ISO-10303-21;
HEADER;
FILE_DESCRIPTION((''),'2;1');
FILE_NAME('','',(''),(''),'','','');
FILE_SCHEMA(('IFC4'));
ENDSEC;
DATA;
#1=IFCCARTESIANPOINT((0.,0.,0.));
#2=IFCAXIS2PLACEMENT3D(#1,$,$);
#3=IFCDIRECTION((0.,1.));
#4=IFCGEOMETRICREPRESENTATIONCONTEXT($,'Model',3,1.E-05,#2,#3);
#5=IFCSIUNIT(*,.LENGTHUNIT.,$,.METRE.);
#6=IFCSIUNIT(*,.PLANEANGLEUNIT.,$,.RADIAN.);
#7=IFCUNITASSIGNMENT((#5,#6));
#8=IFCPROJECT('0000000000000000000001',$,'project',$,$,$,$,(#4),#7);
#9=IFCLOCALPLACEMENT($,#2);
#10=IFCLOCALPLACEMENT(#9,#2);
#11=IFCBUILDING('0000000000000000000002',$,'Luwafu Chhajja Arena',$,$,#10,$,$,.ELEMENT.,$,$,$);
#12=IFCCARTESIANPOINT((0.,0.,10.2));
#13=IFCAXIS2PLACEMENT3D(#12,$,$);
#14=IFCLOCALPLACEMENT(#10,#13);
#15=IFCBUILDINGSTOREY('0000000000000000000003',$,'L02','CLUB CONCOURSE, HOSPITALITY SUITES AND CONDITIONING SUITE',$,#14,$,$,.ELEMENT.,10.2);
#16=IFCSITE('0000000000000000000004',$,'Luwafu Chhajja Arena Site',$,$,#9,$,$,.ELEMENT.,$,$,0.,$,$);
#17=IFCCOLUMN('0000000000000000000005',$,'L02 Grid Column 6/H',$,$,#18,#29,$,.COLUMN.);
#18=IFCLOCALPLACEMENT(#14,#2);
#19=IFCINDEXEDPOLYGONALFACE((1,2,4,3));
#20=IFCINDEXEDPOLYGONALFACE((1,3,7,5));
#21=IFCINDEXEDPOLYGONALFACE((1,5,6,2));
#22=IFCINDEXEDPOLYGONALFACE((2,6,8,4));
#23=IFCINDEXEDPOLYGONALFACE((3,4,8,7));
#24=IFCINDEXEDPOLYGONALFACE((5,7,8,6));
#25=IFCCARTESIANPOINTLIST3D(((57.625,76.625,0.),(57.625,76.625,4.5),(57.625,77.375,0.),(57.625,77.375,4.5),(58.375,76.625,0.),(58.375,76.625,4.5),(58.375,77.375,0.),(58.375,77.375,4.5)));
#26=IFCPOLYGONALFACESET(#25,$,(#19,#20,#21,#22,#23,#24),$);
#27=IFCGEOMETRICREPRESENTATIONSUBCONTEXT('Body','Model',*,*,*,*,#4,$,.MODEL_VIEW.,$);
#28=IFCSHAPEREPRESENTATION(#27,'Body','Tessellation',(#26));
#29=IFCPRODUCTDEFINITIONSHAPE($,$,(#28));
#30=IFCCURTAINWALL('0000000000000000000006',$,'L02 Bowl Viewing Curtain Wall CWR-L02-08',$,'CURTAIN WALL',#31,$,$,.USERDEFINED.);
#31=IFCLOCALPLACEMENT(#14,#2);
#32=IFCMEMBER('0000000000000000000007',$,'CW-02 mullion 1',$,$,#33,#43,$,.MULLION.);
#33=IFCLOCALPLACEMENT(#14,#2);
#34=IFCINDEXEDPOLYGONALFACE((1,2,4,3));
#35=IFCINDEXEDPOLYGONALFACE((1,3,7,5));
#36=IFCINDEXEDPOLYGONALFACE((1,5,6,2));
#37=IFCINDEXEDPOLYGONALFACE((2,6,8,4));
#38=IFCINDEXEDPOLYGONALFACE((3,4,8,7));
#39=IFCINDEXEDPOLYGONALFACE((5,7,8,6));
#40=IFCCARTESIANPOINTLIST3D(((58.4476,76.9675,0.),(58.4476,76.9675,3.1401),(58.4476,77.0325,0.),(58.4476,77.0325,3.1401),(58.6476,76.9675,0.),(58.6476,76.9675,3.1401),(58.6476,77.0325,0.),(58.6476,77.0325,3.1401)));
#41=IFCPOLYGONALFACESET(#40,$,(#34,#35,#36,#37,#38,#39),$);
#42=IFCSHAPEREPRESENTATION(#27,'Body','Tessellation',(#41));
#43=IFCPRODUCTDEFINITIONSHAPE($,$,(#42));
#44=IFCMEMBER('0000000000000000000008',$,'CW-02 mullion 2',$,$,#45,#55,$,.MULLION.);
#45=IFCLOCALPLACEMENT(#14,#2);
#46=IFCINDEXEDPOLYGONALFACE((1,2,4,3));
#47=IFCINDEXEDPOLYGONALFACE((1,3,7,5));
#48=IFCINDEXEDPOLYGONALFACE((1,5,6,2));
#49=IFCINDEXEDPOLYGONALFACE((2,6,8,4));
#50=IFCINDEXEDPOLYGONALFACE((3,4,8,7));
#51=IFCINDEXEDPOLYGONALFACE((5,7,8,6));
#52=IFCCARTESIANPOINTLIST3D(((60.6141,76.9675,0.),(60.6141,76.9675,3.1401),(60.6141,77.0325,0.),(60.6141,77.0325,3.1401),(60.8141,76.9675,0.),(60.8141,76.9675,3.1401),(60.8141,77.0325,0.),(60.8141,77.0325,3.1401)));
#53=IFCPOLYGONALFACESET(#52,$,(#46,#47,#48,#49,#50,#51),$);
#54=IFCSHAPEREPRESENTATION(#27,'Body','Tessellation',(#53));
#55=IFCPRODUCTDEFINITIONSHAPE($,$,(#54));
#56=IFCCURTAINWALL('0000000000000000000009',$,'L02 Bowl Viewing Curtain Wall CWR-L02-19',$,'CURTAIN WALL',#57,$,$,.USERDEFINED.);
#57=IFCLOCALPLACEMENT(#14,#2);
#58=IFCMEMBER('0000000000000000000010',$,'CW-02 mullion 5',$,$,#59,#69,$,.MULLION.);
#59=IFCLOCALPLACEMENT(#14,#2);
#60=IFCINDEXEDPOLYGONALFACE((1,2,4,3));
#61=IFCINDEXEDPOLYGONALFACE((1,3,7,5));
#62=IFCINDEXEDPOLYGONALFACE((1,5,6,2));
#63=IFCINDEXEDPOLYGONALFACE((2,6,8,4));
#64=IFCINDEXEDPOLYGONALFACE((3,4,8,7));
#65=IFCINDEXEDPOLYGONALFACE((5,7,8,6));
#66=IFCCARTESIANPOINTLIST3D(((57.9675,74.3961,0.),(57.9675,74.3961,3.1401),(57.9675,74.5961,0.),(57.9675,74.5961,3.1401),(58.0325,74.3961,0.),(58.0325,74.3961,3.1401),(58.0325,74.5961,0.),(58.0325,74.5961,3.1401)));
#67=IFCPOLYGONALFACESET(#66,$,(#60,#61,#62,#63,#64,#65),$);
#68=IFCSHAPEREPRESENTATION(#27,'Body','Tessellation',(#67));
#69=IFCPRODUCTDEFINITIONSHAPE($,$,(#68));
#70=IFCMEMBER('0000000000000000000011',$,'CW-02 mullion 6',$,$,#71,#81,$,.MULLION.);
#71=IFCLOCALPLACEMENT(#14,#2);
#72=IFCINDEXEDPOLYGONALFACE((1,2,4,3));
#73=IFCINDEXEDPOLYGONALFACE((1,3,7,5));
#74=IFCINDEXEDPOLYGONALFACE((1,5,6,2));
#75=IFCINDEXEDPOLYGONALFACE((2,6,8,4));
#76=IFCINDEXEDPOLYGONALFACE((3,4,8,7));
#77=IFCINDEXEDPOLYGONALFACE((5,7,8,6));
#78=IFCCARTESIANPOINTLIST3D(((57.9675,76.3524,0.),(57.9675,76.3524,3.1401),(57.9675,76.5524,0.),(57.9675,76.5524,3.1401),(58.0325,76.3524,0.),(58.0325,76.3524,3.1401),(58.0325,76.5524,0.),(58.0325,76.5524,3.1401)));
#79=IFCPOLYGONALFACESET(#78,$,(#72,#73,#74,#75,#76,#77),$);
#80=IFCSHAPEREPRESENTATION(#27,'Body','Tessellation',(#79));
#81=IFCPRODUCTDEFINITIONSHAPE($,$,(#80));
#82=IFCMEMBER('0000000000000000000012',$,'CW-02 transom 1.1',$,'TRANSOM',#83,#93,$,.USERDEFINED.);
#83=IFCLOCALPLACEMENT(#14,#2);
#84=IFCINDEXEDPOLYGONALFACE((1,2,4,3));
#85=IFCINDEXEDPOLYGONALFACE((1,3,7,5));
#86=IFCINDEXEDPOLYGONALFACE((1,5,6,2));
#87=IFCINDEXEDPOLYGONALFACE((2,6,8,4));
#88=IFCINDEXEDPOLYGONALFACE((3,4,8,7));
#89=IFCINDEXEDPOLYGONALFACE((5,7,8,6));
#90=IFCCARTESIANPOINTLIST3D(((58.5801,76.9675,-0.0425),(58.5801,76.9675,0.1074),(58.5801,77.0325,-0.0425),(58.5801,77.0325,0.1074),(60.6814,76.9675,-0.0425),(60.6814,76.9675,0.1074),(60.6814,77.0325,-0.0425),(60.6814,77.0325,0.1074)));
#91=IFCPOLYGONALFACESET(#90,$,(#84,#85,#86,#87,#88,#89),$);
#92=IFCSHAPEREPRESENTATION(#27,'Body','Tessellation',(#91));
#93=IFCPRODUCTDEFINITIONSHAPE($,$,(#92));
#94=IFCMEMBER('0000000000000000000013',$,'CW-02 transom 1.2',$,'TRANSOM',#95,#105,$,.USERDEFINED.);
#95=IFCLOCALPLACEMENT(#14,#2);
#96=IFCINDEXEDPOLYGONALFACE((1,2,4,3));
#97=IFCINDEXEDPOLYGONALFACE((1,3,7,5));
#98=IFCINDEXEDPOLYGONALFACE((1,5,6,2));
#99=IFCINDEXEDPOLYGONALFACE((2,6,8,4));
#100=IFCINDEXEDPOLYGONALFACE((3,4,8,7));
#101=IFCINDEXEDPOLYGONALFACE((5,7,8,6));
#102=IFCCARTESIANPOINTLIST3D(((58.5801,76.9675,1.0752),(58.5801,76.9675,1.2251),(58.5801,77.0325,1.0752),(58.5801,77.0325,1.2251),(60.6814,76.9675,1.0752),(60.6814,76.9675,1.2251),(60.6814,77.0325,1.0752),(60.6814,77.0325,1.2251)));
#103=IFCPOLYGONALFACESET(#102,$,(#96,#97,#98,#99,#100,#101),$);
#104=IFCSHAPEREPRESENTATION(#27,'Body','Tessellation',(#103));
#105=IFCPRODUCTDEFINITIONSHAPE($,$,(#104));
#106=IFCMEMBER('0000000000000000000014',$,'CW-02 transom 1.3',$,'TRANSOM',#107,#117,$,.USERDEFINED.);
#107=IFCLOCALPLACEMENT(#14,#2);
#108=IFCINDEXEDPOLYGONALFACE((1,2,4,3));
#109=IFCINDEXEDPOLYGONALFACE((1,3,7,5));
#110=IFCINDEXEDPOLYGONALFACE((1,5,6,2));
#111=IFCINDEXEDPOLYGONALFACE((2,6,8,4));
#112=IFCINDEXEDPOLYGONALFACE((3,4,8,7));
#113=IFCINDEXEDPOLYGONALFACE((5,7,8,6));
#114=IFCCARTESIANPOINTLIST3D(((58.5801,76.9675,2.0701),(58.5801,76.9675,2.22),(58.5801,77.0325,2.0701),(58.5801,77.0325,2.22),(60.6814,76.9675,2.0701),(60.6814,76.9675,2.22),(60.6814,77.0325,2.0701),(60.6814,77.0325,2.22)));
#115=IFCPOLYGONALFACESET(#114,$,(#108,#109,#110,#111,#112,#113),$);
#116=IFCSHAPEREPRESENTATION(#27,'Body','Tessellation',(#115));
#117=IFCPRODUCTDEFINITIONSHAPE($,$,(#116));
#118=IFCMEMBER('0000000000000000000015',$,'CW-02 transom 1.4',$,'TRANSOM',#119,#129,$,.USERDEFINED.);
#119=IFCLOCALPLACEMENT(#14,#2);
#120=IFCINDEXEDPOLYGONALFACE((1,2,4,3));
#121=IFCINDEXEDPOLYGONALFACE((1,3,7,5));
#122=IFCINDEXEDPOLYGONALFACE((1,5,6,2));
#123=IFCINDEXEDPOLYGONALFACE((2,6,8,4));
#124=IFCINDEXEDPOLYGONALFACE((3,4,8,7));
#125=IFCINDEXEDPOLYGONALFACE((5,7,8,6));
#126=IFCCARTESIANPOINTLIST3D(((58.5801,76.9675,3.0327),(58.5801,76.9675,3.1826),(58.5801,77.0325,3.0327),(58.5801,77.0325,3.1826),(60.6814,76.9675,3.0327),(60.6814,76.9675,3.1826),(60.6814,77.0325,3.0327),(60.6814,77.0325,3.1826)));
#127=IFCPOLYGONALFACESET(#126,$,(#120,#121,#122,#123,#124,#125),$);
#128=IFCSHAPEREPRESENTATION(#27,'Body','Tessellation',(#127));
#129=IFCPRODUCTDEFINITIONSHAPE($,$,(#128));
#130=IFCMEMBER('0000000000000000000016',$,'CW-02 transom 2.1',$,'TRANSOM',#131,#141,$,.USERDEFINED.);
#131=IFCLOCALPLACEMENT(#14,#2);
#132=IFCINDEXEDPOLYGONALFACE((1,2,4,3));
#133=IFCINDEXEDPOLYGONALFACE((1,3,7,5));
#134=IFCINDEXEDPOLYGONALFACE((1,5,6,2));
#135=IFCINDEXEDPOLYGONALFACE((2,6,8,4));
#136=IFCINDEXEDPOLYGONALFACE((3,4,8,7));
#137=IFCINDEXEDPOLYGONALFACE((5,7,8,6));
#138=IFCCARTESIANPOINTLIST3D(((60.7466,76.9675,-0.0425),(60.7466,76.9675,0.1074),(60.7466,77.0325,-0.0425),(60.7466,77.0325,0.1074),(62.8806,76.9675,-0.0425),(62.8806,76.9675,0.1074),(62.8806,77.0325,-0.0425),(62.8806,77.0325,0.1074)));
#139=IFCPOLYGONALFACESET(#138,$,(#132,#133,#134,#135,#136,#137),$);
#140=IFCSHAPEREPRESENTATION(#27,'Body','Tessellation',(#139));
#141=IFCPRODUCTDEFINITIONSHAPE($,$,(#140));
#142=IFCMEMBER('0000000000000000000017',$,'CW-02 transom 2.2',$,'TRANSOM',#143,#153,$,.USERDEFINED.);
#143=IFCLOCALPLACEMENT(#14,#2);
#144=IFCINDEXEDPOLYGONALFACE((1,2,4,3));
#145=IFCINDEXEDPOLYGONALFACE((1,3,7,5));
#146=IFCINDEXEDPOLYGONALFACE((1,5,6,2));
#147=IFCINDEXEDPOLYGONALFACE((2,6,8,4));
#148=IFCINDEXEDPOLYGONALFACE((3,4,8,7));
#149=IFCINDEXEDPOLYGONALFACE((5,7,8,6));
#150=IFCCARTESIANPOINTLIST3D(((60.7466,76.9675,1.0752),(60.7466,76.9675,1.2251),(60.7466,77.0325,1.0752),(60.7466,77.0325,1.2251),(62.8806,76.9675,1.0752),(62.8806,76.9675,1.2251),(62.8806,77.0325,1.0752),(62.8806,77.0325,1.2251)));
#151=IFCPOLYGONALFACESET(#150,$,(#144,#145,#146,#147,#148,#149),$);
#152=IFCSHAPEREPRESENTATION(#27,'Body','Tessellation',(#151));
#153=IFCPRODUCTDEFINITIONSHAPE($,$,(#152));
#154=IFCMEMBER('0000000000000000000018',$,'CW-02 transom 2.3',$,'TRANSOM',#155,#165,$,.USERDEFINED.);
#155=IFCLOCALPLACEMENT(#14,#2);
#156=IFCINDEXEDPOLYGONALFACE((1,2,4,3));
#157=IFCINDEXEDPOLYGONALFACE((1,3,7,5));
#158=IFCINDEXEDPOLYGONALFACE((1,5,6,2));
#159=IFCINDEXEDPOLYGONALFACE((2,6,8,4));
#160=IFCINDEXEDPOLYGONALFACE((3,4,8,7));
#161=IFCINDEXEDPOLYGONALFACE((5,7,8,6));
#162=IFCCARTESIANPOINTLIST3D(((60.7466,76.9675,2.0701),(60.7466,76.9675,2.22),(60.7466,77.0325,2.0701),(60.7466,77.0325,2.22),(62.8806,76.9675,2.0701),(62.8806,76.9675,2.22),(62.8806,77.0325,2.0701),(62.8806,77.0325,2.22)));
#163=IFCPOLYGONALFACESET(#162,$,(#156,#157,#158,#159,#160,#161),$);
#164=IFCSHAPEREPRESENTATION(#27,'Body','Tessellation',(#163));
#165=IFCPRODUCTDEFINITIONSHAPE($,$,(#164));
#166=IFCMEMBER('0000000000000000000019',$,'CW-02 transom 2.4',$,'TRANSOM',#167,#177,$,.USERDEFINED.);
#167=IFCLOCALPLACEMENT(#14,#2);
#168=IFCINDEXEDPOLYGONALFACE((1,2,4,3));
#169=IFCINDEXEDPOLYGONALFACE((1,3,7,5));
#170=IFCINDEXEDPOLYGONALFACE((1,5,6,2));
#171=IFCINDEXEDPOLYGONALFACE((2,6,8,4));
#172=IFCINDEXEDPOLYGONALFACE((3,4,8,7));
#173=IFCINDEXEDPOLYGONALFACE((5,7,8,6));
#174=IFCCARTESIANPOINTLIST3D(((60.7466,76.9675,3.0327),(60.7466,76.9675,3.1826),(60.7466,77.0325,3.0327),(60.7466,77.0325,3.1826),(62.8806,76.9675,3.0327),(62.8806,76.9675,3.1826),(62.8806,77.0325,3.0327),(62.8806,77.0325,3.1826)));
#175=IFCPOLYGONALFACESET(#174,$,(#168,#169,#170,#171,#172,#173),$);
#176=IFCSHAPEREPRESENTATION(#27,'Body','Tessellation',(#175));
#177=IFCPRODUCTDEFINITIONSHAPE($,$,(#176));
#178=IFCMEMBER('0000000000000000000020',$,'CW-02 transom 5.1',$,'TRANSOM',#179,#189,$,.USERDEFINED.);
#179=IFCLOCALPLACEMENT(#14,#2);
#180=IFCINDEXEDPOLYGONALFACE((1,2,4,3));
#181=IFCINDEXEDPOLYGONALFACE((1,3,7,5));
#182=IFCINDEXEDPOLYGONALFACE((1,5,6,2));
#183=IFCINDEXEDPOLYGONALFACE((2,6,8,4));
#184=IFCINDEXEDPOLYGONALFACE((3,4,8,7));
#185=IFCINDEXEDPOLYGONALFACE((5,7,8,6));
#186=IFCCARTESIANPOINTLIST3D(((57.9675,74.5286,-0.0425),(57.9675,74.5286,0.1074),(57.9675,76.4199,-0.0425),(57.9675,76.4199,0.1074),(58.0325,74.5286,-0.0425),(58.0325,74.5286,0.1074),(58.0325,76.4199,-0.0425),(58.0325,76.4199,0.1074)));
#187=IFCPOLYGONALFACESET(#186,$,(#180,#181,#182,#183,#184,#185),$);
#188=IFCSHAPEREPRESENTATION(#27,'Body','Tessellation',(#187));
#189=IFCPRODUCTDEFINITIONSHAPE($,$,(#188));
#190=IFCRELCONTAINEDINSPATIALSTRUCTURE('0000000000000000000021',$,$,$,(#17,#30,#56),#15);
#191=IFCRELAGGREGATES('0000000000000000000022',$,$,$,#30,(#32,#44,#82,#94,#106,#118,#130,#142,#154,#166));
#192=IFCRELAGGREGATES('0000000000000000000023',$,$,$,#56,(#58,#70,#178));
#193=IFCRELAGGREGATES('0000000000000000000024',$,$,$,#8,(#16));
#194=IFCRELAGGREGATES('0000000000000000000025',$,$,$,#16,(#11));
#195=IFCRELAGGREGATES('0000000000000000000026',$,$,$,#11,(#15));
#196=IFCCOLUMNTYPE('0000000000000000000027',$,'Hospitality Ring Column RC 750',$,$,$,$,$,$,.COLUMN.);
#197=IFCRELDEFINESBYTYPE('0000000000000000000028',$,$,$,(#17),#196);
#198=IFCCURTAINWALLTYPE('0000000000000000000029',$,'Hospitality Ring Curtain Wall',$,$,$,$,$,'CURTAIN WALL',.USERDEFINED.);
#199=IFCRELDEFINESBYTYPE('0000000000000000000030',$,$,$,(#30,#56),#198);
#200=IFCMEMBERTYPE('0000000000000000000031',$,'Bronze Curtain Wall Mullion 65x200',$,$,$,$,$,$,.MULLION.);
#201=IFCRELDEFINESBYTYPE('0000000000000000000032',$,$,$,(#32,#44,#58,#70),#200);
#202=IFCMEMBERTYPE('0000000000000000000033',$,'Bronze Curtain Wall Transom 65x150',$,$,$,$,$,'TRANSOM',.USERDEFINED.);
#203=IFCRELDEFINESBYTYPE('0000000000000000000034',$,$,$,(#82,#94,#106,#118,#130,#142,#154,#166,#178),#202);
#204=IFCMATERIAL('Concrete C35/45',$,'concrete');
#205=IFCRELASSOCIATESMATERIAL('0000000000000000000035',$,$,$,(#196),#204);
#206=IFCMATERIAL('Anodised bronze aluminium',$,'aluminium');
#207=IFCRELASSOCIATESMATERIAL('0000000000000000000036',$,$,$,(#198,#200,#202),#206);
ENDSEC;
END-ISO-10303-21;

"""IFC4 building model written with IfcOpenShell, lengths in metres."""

from ifc_helpers import new_model, si_unit, direction, frame, origin, origin_2d, place, context, subcontext, project, spatial, rectangle, extrude, material, material_profile, profile_set, type_object, element, aggregate, save


model = new_model("IFC4")

# Units and contexts
model_context = context("Model", 3, precision=1e-05, world=origin(), true_north=direction((0.0, 1.0)))
body_context = subcontext(model_context, "Body", "Model", "MODEL_VIEW")
ifc_project = project(units=[si_unit("LENGTHUNIT", "METRE"), si_unit("PLANEANGLEUNIT", "RADIAN")], contexts=[model_context])

# Site, building, storey
site_placement = place(None, origin())
site = spatial("IfcSite", under=ifc_project, at=site_placement, Name="Luwafu Chhajja Arena Site", CompositionType="ELEMENT", RefElevation=0.0)
building_placement = place(site_placement, origin())
building = spatial("IfcBuilding", under=site, at=building_placement, Name="Luwafu Chhajja Arena", CompositionType="ELEMENT")
storey_placement = place(building_placement, frame((0.0, 0.0, 10.2)))
storey = spatial("IfcBuildingStorey", under=building, at=storey_placement, Name="L02", Description="CLUB CONCOURSE, HOSPITALITY SUITES AND CONDITIONING SUITE", CompositionType="ELEMENT", Elevation=10.2)

# Column
ifc_material_1 = material(Name="Concrete C35/45", Category="concrete")
ifc_material_profile_1 = material_profile(ifc_material_1, rectangle(XDim=0.75, YDim=0.75, at=origin_2d()), Name="RC 750x750")
ifc_profile_set_1 = profile_set([ifc_material_profile_1], Name="Concrete C35/45")
column_type = type_object("IfcColumnType", Name="Hospitality Ring Column RC 750", PredefinedType="COLUMN", material=ifc_profile_set_1)
column_placement = place(storey_placement, frame((58.0, 77.0, 0.0), z_axis=(0.0, 0.0, 1.0), x_axis=(1.0, 0.0, 0.0)))
element("IfcColumn", 1, at=column_placement, inside=storey, type_object=column_type, Name="L02 Grid Column 6/H", PredefinedType="COLUMN", context=body_context, shape_type="SweptSolid", body=[
    extrude(rectangle(XDim=0.75, YDim=0.75, at=origin_2d()), origin(), (0.0, 0.0, 1.0), 4.5),
])

# Curtain walls, members
ifc_material_2 = material(Name="Anodised bronze aluminium", Category="aluminium")
curtain_wall_type = type_object("IfcCurtainWallType", Name="Hospitality Ring Curtain Wall", ElementType="CURTAIN WALL", PredefinedType="USERDEFINED", material=ifc_material_2)
curtain_wall_1_placement = place(storey_placement, origin())
curtain_wall_1 = element("IfcCurtainWall", 2, at=curtain_wall_1_placement, inside=storey, type_object=curtain_wall_type, Name="L02 Bowl Viewing Curtain Wall CWR-L02-08", ObjectType="CURTAIN WALL", PredefinedType="USERDEFINED")
ifc_material_profile_2 = material_profile(ifc_material_2, rectangle(XDim=0.0649, YDim=0.2, at=origin_2d()), Name="CWM 65x200")
ifc_profile_set_2 = profile_set([ifc_material_profile_2], Name="Anodised bronze aluminium")
member_type_1 = type_object("IfcMemberType", Name="Bronze Curtain Wall Mullion 65x200", PredefinedType="MULLION", material=ifc_profile_set_2)
member_1_placement = place(storey_placement, frame((58.5476, 77.0, 0.0), z_axis=(0.0, 0.0, 1.0), x_axis=(0.0, 1.0, 0.0)))
member_1 = element("IfcMember", 3, at=member_1_placement, type_object=member_type_1, Name="CW-02 mullion 1", PredefinedType="MULLION", context=body_context, shape_type="SweptSolid", body=[
    extrude(rectangle(XDim=0.0649, YDim=0.2, at=origin_2d()), origin(), (0.0, 0.0, 1.0), 3.1401),
])
member_2_placement = place(storey_placement, frame((60.7141, 77.0, 0.0), z_axis=(0.0, 0.0, 1.0), x_axis=(0.0, 1.0, 0.0)))
member_2 = element("IfcMember", 4, at=member_2_placement, type_object=member_type_1, Name="CW-02 mullion 2", PredefinedType="MULLION", context=body_context, shape_type="SweptSolid", body=[
    extrude(rectangle(XDim=0.0649, YDim=0.2, at=origin_2d()), origin(), (0.0, 0.0, 1.0), 3.1401),
])
curtain_wall_2_placement = place(storey_placement, origin())
curtain_wall_2 = element("IfcCurtainWall", 5, at=curtain_wall_2_placement, inside=storey, type_object=curtain_wall_type, Name="L02 Bowl Viewing Curtain Wall CWR-L02-19", ObjectType="CURTAIN WALL", PredefinedType="USERDEFINED")
member_3_placement = place(storey_placement, frame((58.0, 74.4961, 0.0), z_axis=(0.0, 0.0, 1.0), x_axis=(-1.0, 0.0, 0.0)))
member_3 = element("IfcMember", 6, at=member_3_placement, type_object=member_type_1, Name="CW-02 mullion 5", PredefinedType="MULLION", context=body_context, shape_type="SweptSolid", body=[
    extrude(rectangle(XDim=0.0649, YDim=0.2, at=origin_2d()), origin(), (0.0, 0.0, 1.0), 3.1401),
])
member_4_placement = place(storey_placement, frame((58.0, 76.4524, 0.0), z_axis=(0.0, 0.0, 1.0), x_axis=(-1.0, 0.0, 0.0)))
member_4 = element("IfcMember", 7, at=member_4_placement, type_object=member_type_1, Name="CW-02 mullion 6", PredefinedType="MULLION", context=body_context, shape_type="SweptSolid", body=[
    extrude(rectangle(XDim=0.0649, YDim=0.2, at=origin_2d()), origin(), (0.0, 0.0, 1.0), 3.1401),
])

# Members
ifc_material_profile_3 = material_profile(ifc_material_2, rectangle(XDim=0.0649, YDim=0.1499, at=origin_2d()), Name="CWT 65x150")
ifc_profile_set_3 = profile_set([ifc_material_profile_3], Name="Anodised bronze aluminium")
member_type_2 = type_object("IfcMemberType", Name="Bronze Curtain Wall Transom 65x150", ElementType="TRANSOM", PredefinedType="USERDEFINED", material=ifc_profile_set_3)
member_5_placement = place(storey_placement, frame((58.5801, 77.0, 0.0325), z_axis=(1.0, 0.0, 0.0), x_axis=(0.0, 1.0, 0.0)))
member_5 = element("IfcMember", 8, at=member_5_placement, type_object=member_type_2, Name="CW-02 transom 1.1", ObjectType="TRANSOM", PredefinedType="USERDEFINED", context=body_context, shape_type="SweptSolid", body=[
    extrude(rectangle(XDim=0.0649, YDim=0.1499, at=origin_2d()), origin(), (0.0, 0.0, 1.0), 2.1013),
])
member_6_placement = place(storey_placement, frame((58.5801, 77.0, 1.1501), z_axis=(1.0, 0.0, 0.0), x_axis=(0.0, 1.0, 0.0)))
member_6 = element("IfcMember", 9, at=member_6_placement, type_object=member_type_2, Name="CW-02 transom 1.2", ObjectType="TRANSOM", PredefinedType="USERDEFINED", context=body_context, shape_type="SweptSolid", body=[
    extrude(rectangle(XDim=0.0649, YDim=0.1499, at=origin_2d()), origin(), (0.0, 0.0, 1.0), 2.1013),
])
member_7_placement = place(storey_placement, frame((58.5801, 77.0, 2.145), z_axis=(1.0, 0.0, 0.0), x_axis=(0.0, 1.0, 0.0)))
member_7 = element("IfcMember", 10, at=member_7_placement, type_object=member_type_2, Name="CW-02 transom 1.3", ObjectType="TRANSOM", PredefinedType="USERDEFINED", context=body_context, shape_type="SweptSolid", body=[
    extrude(rectangle(XDim=0.0649, YDim=0.1499, at=origin_2d()), origin(), (0.0, 0.0, 1.0), 2.1013),
])
member_8_placement = place(storey_placement, frame((58.5801, 77.0, 3.1077), z_axis=(1.0, 0.0, 0.0), x_axis=(0.0, 1.0, 0.0)))
member_8 = element("IfcMember", 11, at=member_8_placement, type_object=member_type_2, Name="CW-02 transom 1.4", ObjectType="TRANSOM", PredefinedType="USERDEFINED", context=body_context, shape_type="SweptSolid", body=[
    extrude(rectangle(XDim=0.0649, YDim=0.1499, at=origin_2d()), origin(), (0.0, 0.0, 1.0), 2.1013),
])
member_9_placement = place(storey_placement, frame((60.7466, 77.0, 0.0325), z_axis=(1.0, 0.0, 0.0), x_axis=(0.0, 1.0, 0.0)))
member_9 = element("IfcMember", 12, at=member_9_placement, type_object=member_type_2, Name="CW-02 transom 2.1", ObjectType="TRANSOM", PredefinedType="USERDEFINED", context=body_context, shape_type="SweptSolid", body=[
    extrude(rectangle(XDim=0.0649, YDim=0.1499, at=origin_2d()), origin(), (0.0, 0.0, 1.0), 2.134),
])
member_10_placement = place(storey_placement, frame((60.7466, 77.0, 1.1501), z_axis=(1.0, 0.0, 0.0), x_axis=(0.0, 1.0, 0.0)))
member_10 = element("IfcMember", 13, at=member_10_placement, type_object=member_type_2, Name="CW-02 transom 2.2", ObjectType="TRANSOM", PredefinedType="USERDEFINED", context=body_context, shape_type="SweptSolid", body=[
    extrude(rectangle(XDim=0.0649, YDim=0.1499, at=origin_2d()), origin(), (0.0, 0.0, 1.0), 2.134),
])
member_11_placement = place(storey_placement, frame((60.7466, 77.0, 2.145), z_axis=(1.0, 0.0, 0.0), x_axis=(0.0, 1.0, 0.0)))
member_11 = element("IfcMember", 14, at=member_11_placement, type_object=member_type_2, Name="CW-02 transom 2.3", ObjectType="TRANSOM", PredefinedType="USERDEFINED", context=body_context, shape_type="SweptSolid", body=[
    extrude(rectangle(XDim=0.0649, YDim=0.1499, at=origin_2d()), origin(), (0.0, 0.0, 1.0), 2.134),
])
member_12_placement = place(storey_placement, frame((60.7466, 77.0, 3.1077), z_axis=(1.0, 0.0, 0.0), x_axis=(0.0, 1.0, 0.0)))
member_12 = element("IfcMember", 15, at=member_12_placement, type_object=member_type_2, Name="CW-02 transom 2.4", ObjectType="TRANSOM", PredefinedType="USERDEFINED", context=body_context, shape_type="SweptSolid", body=[
    extrude(rectangle(XDim=0.0649, YDim=0.1499, at=origin_2d()), origin(), (0.0, 0.0, 1.0), 2.134),
])
member_13_placement = place(storey_placement, frame((58.0, 74.5286, 0.0325), z_axis=(0.0, 1.0, 0.0), x_axis=(-1.0, 0.0, 0.0)))
member_13 = element("IfcMember", 16, at=member_13_placement, type_object=member_type_2, Name="CW-02 transom 5.1", ObjectType="TRANSOM", PredefinedType="USERDEFINED", context=body_context, shape_type="SweptSolid", body=[
    extrude(rectangle(XDim=0.0649, YDim=0.1499, at=origin_2d()), origin(), (0.0, 0.0, 1.0), 1.8914),
])

aggregate(curtain_wall_1, [member_1, member_2, member_5, member_6, member_7, member_8, member_9, member_10, member_11, member_12])
aggregate(curtain_wall_2, [member_3, member_4, member_13])

save(model, "model.ifc")
